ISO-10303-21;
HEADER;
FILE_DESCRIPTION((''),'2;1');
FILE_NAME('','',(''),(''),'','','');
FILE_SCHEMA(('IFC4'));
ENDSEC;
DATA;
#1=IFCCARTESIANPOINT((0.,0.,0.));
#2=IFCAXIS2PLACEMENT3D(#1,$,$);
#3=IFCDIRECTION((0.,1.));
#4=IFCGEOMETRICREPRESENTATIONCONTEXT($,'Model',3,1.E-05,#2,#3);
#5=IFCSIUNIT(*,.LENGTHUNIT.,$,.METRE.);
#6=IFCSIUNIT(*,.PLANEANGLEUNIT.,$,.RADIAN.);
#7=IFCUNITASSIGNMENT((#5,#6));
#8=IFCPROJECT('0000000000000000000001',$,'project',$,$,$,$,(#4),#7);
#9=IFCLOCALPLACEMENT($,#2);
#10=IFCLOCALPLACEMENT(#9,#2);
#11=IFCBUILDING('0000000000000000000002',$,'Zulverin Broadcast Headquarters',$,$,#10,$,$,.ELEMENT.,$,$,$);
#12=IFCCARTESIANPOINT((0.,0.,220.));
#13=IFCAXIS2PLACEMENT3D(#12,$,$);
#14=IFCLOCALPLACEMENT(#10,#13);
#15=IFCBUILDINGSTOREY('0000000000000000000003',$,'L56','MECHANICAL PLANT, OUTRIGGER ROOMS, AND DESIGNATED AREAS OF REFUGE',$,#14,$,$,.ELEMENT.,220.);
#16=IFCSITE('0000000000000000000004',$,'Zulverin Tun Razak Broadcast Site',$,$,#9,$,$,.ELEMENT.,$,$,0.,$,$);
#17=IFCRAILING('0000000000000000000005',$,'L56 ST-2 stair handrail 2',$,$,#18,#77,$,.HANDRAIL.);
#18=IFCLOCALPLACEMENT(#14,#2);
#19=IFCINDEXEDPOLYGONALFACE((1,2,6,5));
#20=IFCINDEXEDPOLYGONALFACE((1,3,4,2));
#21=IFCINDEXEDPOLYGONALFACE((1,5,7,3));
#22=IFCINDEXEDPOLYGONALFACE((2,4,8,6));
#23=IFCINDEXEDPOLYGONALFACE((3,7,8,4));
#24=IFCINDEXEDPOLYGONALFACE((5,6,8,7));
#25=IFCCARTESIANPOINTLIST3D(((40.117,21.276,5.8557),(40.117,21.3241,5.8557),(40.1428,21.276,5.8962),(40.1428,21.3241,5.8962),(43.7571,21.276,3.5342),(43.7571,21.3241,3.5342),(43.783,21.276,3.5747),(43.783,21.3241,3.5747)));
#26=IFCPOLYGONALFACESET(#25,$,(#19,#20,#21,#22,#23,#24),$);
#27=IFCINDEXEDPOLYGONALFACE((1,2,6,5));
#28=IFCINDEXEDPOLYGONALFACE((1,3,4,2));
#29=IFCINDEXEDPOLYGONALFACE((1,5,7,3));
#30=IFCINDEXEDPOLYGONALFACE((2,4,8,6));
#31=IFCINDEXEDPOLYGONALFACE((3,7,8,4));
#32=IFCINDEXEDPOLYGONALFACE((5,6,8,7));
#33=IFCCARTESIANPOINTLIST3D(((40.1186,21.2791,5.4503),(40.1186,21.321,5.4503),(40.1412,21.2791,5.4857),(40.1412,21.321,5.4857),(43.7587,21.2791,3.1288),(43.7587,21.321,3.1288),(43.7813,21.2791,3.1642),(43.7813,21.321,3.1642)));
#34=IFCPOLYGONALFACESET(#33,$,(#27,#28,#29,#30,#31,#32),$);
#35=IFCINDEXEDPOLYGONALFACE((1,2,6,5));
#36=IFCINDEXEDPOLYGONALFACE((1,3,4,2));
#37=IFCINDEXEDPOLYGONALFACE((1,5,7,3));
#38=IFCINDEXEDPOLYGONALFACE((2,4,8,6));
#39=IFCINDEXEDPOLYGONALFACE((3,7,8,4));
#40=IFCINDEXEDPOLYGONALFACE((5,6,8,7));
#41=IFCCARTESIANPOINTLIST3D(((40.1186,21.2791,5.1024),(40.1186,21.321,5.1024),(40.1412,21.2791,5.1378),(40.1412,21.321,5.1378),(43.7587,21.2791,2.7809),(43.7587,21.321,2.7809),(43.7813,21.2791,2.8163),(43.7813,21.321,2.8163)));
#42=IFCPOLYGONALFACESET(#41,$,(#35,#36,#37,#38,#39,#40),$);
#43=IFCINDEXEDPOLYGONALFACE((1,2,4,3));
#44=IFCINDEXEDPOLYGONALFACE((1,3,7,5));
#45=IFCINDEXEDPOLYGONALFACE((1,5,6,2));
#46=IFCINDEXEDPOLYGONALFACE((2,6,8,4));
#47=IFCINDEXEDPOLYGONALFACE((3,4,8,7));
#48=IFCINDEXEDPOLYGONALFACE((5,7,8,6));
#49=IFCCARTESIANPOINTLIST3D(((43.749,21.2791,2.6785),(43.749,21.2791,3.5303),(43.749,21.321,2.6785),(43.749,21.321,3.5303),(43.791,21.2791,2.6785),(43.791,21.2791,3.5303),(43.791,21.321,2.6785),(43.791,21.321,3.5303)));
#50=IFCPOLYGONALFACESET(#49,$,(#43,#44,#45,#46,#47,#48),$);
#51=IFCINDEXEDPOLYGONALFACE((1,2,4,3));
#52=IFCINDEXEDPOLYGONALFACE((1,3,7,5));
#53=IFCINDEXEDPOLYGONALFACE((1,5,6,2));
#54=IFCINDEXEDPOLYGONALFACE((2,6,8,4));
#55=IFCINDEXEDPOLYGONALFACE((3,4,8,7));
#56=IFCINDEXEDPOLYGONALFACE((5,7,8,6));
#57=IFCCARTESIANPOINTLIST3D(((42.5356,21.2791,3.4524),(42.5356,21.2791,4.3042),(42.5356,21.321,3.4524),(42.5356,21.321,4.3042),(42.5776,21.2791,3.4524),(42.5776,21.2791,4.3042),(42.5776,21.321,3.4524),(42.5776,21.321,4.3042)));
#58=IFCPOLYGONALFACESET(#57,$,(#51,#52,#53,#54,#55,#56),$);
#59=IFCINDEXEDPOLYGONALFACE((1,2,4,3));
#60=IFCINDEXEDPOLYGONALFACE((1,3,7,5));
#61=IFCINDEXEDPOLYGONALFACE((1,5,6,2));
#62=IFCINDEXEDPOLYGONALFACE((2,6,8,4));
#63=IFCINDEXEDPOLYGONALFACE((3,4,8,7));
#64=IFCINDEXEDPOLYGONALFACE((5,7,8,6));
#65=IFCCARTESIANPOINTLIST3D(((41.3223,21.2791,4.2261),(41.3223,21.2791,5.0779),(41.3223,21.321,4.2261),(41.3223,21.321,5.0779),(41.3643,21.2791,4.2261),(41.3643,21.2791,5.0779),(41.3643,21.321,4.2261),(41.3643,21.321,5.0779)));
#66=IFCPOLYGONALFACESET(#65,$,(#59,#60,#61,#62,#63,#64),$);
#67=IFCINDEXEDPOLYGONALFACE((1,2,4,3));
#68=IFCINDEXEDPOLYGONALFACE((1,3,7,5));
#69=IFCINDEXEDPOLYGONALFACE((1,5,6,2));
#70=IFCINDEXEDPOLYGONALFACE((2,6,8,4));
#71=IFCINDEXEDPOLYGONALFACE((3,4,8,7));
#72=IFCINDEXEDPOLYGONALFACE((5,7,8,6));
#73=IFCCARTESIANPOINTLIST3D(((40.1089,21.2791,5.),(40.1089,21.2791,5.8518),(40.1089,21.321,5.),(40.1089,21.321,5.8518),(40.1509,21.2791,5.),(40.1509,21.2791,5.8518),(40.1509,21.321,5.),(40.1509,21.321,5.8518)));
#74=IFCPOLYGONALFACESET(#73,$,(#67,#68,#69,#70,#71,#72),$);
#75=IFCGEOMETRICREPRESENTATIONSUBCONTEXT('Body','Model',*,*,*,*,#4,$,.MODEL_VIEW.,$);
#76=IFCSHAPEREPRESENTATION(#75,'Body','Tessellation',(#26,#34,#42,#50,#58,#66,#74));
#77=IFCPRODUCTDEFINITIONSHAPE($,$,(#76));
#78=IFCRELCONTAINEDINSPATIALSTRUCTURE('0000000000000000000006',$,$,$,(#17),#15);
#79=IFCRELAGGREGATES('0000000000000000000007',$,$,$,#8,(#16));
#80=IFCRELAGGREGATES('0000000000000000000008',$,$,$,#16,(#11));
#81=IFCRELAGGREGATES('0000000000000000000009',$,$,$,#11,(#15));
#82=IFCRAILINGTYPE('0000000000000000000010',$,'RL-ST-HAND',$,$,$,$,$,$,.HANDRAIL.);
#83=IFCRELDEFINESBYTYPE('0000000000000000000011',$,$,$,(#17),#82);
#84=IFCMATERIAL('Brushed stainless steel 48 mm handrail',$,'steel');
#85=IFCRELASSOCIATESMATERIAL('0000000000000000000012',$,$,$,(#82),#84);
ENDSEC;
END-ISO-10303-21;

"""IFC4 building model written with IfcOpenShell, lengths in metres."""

from ifc_helpers import new_model, si_unit, direction, frame, origin, origin_2d, place, context, subcontext, project, spatial, rectangle, extrude, material, type_object, element, save


model = new_model("IFC4")

# Units and contexts
model_context = context("Model", 3, precision=1e-05, world=origin(), true_north=direction((0.0, 1.0)))
body_context = subcontext(model_context, "Body", "Model", "MODEL_VIEW")
ifc_project = project(units=[si_unit("LENGTHUNIT", "METRE"), si_unit("PLANEANGLEUNIT", "RADIAN")], contexts=[model_context])

# Site, building, storey
site_placement = place(None, origin())
site = spatial("IfcSite", under=ifc_project, at=site_placement, Name="Zulverin Tun Razak Broadcast Site", CompositionType="ELEMENT", RefElevation=0.0)
building_placement = place(site_placement, origin())
building = spatial("IfcBuilding", under=site, at=building_placement, Name="Zulverin Broadcast Headquarters", CompositionType="ELEMENT")
storey_placement = place(building_placement, frame((0.0, 0.0, 220.0)))
storey = spatial("IfcBuildingStorey", under=building, at=storey_placement, Name="L56", Description="MECHANICAL PLANT, OUTRIGGER ROOMS, AND DESIGNATED AREAS OF REFUGE", CompositionType="ELEMENT", Elevation=220.0)

# Railing
ifc_material_1 = material(Name="Brushed stainless steel 48 mm handrail", Category="steel")
railing_type_1 = type_object("IfcRailingType", Name="RL-ST-HAND", PredefinedType="HANDRAIL", material=ifc_material_1)
railing_1_placement = place(storey_placement, frame((43.77, 21.3, 2.6785)))
element("IfcRailing", 1, at=railing_1_placement, inside=storey, type_object=railing_type_1, Name="L56 ST-2 stair handrail 2", PredefinedType="HANDRAIL", context=body_context, shape_type="SweptSolid", body=[
    extrude(rectangle(XDim=0.0481, YDim=0.0481, at=origin_2d()), frame((0.0, 0.0, 0.876), z_axis=(-0.843128, 0.0, 0.537713), x_axis=(0.0, -1.0, 0.0)), (0.0, 0.0, 1.0), 4.3174),
    extrude(rectangle(XDim=0.042, YDim=0.042, at=origin_2d()), frame((0.0, 0.0, 0.468), z_axis=(-0.843128, 0.0, 0.537713), x_axis=(0.0, -1.0, 0.0)), (0.0, 0.0, 1.0), 4.3174),
    extrude(rectangle(XDim=0.042, YDim=0.042, at=origin_2d()), frame((0.0, 0.0, 0.1201), z_axis=(-0.843128, 0.0, 0.537713), x_axis=(0.0, -1.0, 0.0)), (0.0, 0.0, 1.0), 4.3174),
    extrude(rectangle(XDim=0.042, YDim=0.042, at=origin_2d()), origin(), (0.0, 0.0, 1.0), 0.8518),
    extrude(rectangle(XDim=0.042, YDim=0.042, at=origin_2d()), frame((-1.2134, 0.0, 0.7739)), (0.0, 0.0, 1.0), 0.8518),
    extrude(rectangle(XDim=0.042, YDim=0.042, at=origin_2d()), frame((-2.4268, 0.0, 1.5476)), (0.0, 0.0, 1.0), 0.8518),
    extrude(rectangle(XDim=0.042, YDim=0.042, at=origin_2d()), frame((-3.6401, 0.0, 2.3215)), (0.0, 0.0, 1.0), 0.8518),
])

save(model, "model.ifc")
